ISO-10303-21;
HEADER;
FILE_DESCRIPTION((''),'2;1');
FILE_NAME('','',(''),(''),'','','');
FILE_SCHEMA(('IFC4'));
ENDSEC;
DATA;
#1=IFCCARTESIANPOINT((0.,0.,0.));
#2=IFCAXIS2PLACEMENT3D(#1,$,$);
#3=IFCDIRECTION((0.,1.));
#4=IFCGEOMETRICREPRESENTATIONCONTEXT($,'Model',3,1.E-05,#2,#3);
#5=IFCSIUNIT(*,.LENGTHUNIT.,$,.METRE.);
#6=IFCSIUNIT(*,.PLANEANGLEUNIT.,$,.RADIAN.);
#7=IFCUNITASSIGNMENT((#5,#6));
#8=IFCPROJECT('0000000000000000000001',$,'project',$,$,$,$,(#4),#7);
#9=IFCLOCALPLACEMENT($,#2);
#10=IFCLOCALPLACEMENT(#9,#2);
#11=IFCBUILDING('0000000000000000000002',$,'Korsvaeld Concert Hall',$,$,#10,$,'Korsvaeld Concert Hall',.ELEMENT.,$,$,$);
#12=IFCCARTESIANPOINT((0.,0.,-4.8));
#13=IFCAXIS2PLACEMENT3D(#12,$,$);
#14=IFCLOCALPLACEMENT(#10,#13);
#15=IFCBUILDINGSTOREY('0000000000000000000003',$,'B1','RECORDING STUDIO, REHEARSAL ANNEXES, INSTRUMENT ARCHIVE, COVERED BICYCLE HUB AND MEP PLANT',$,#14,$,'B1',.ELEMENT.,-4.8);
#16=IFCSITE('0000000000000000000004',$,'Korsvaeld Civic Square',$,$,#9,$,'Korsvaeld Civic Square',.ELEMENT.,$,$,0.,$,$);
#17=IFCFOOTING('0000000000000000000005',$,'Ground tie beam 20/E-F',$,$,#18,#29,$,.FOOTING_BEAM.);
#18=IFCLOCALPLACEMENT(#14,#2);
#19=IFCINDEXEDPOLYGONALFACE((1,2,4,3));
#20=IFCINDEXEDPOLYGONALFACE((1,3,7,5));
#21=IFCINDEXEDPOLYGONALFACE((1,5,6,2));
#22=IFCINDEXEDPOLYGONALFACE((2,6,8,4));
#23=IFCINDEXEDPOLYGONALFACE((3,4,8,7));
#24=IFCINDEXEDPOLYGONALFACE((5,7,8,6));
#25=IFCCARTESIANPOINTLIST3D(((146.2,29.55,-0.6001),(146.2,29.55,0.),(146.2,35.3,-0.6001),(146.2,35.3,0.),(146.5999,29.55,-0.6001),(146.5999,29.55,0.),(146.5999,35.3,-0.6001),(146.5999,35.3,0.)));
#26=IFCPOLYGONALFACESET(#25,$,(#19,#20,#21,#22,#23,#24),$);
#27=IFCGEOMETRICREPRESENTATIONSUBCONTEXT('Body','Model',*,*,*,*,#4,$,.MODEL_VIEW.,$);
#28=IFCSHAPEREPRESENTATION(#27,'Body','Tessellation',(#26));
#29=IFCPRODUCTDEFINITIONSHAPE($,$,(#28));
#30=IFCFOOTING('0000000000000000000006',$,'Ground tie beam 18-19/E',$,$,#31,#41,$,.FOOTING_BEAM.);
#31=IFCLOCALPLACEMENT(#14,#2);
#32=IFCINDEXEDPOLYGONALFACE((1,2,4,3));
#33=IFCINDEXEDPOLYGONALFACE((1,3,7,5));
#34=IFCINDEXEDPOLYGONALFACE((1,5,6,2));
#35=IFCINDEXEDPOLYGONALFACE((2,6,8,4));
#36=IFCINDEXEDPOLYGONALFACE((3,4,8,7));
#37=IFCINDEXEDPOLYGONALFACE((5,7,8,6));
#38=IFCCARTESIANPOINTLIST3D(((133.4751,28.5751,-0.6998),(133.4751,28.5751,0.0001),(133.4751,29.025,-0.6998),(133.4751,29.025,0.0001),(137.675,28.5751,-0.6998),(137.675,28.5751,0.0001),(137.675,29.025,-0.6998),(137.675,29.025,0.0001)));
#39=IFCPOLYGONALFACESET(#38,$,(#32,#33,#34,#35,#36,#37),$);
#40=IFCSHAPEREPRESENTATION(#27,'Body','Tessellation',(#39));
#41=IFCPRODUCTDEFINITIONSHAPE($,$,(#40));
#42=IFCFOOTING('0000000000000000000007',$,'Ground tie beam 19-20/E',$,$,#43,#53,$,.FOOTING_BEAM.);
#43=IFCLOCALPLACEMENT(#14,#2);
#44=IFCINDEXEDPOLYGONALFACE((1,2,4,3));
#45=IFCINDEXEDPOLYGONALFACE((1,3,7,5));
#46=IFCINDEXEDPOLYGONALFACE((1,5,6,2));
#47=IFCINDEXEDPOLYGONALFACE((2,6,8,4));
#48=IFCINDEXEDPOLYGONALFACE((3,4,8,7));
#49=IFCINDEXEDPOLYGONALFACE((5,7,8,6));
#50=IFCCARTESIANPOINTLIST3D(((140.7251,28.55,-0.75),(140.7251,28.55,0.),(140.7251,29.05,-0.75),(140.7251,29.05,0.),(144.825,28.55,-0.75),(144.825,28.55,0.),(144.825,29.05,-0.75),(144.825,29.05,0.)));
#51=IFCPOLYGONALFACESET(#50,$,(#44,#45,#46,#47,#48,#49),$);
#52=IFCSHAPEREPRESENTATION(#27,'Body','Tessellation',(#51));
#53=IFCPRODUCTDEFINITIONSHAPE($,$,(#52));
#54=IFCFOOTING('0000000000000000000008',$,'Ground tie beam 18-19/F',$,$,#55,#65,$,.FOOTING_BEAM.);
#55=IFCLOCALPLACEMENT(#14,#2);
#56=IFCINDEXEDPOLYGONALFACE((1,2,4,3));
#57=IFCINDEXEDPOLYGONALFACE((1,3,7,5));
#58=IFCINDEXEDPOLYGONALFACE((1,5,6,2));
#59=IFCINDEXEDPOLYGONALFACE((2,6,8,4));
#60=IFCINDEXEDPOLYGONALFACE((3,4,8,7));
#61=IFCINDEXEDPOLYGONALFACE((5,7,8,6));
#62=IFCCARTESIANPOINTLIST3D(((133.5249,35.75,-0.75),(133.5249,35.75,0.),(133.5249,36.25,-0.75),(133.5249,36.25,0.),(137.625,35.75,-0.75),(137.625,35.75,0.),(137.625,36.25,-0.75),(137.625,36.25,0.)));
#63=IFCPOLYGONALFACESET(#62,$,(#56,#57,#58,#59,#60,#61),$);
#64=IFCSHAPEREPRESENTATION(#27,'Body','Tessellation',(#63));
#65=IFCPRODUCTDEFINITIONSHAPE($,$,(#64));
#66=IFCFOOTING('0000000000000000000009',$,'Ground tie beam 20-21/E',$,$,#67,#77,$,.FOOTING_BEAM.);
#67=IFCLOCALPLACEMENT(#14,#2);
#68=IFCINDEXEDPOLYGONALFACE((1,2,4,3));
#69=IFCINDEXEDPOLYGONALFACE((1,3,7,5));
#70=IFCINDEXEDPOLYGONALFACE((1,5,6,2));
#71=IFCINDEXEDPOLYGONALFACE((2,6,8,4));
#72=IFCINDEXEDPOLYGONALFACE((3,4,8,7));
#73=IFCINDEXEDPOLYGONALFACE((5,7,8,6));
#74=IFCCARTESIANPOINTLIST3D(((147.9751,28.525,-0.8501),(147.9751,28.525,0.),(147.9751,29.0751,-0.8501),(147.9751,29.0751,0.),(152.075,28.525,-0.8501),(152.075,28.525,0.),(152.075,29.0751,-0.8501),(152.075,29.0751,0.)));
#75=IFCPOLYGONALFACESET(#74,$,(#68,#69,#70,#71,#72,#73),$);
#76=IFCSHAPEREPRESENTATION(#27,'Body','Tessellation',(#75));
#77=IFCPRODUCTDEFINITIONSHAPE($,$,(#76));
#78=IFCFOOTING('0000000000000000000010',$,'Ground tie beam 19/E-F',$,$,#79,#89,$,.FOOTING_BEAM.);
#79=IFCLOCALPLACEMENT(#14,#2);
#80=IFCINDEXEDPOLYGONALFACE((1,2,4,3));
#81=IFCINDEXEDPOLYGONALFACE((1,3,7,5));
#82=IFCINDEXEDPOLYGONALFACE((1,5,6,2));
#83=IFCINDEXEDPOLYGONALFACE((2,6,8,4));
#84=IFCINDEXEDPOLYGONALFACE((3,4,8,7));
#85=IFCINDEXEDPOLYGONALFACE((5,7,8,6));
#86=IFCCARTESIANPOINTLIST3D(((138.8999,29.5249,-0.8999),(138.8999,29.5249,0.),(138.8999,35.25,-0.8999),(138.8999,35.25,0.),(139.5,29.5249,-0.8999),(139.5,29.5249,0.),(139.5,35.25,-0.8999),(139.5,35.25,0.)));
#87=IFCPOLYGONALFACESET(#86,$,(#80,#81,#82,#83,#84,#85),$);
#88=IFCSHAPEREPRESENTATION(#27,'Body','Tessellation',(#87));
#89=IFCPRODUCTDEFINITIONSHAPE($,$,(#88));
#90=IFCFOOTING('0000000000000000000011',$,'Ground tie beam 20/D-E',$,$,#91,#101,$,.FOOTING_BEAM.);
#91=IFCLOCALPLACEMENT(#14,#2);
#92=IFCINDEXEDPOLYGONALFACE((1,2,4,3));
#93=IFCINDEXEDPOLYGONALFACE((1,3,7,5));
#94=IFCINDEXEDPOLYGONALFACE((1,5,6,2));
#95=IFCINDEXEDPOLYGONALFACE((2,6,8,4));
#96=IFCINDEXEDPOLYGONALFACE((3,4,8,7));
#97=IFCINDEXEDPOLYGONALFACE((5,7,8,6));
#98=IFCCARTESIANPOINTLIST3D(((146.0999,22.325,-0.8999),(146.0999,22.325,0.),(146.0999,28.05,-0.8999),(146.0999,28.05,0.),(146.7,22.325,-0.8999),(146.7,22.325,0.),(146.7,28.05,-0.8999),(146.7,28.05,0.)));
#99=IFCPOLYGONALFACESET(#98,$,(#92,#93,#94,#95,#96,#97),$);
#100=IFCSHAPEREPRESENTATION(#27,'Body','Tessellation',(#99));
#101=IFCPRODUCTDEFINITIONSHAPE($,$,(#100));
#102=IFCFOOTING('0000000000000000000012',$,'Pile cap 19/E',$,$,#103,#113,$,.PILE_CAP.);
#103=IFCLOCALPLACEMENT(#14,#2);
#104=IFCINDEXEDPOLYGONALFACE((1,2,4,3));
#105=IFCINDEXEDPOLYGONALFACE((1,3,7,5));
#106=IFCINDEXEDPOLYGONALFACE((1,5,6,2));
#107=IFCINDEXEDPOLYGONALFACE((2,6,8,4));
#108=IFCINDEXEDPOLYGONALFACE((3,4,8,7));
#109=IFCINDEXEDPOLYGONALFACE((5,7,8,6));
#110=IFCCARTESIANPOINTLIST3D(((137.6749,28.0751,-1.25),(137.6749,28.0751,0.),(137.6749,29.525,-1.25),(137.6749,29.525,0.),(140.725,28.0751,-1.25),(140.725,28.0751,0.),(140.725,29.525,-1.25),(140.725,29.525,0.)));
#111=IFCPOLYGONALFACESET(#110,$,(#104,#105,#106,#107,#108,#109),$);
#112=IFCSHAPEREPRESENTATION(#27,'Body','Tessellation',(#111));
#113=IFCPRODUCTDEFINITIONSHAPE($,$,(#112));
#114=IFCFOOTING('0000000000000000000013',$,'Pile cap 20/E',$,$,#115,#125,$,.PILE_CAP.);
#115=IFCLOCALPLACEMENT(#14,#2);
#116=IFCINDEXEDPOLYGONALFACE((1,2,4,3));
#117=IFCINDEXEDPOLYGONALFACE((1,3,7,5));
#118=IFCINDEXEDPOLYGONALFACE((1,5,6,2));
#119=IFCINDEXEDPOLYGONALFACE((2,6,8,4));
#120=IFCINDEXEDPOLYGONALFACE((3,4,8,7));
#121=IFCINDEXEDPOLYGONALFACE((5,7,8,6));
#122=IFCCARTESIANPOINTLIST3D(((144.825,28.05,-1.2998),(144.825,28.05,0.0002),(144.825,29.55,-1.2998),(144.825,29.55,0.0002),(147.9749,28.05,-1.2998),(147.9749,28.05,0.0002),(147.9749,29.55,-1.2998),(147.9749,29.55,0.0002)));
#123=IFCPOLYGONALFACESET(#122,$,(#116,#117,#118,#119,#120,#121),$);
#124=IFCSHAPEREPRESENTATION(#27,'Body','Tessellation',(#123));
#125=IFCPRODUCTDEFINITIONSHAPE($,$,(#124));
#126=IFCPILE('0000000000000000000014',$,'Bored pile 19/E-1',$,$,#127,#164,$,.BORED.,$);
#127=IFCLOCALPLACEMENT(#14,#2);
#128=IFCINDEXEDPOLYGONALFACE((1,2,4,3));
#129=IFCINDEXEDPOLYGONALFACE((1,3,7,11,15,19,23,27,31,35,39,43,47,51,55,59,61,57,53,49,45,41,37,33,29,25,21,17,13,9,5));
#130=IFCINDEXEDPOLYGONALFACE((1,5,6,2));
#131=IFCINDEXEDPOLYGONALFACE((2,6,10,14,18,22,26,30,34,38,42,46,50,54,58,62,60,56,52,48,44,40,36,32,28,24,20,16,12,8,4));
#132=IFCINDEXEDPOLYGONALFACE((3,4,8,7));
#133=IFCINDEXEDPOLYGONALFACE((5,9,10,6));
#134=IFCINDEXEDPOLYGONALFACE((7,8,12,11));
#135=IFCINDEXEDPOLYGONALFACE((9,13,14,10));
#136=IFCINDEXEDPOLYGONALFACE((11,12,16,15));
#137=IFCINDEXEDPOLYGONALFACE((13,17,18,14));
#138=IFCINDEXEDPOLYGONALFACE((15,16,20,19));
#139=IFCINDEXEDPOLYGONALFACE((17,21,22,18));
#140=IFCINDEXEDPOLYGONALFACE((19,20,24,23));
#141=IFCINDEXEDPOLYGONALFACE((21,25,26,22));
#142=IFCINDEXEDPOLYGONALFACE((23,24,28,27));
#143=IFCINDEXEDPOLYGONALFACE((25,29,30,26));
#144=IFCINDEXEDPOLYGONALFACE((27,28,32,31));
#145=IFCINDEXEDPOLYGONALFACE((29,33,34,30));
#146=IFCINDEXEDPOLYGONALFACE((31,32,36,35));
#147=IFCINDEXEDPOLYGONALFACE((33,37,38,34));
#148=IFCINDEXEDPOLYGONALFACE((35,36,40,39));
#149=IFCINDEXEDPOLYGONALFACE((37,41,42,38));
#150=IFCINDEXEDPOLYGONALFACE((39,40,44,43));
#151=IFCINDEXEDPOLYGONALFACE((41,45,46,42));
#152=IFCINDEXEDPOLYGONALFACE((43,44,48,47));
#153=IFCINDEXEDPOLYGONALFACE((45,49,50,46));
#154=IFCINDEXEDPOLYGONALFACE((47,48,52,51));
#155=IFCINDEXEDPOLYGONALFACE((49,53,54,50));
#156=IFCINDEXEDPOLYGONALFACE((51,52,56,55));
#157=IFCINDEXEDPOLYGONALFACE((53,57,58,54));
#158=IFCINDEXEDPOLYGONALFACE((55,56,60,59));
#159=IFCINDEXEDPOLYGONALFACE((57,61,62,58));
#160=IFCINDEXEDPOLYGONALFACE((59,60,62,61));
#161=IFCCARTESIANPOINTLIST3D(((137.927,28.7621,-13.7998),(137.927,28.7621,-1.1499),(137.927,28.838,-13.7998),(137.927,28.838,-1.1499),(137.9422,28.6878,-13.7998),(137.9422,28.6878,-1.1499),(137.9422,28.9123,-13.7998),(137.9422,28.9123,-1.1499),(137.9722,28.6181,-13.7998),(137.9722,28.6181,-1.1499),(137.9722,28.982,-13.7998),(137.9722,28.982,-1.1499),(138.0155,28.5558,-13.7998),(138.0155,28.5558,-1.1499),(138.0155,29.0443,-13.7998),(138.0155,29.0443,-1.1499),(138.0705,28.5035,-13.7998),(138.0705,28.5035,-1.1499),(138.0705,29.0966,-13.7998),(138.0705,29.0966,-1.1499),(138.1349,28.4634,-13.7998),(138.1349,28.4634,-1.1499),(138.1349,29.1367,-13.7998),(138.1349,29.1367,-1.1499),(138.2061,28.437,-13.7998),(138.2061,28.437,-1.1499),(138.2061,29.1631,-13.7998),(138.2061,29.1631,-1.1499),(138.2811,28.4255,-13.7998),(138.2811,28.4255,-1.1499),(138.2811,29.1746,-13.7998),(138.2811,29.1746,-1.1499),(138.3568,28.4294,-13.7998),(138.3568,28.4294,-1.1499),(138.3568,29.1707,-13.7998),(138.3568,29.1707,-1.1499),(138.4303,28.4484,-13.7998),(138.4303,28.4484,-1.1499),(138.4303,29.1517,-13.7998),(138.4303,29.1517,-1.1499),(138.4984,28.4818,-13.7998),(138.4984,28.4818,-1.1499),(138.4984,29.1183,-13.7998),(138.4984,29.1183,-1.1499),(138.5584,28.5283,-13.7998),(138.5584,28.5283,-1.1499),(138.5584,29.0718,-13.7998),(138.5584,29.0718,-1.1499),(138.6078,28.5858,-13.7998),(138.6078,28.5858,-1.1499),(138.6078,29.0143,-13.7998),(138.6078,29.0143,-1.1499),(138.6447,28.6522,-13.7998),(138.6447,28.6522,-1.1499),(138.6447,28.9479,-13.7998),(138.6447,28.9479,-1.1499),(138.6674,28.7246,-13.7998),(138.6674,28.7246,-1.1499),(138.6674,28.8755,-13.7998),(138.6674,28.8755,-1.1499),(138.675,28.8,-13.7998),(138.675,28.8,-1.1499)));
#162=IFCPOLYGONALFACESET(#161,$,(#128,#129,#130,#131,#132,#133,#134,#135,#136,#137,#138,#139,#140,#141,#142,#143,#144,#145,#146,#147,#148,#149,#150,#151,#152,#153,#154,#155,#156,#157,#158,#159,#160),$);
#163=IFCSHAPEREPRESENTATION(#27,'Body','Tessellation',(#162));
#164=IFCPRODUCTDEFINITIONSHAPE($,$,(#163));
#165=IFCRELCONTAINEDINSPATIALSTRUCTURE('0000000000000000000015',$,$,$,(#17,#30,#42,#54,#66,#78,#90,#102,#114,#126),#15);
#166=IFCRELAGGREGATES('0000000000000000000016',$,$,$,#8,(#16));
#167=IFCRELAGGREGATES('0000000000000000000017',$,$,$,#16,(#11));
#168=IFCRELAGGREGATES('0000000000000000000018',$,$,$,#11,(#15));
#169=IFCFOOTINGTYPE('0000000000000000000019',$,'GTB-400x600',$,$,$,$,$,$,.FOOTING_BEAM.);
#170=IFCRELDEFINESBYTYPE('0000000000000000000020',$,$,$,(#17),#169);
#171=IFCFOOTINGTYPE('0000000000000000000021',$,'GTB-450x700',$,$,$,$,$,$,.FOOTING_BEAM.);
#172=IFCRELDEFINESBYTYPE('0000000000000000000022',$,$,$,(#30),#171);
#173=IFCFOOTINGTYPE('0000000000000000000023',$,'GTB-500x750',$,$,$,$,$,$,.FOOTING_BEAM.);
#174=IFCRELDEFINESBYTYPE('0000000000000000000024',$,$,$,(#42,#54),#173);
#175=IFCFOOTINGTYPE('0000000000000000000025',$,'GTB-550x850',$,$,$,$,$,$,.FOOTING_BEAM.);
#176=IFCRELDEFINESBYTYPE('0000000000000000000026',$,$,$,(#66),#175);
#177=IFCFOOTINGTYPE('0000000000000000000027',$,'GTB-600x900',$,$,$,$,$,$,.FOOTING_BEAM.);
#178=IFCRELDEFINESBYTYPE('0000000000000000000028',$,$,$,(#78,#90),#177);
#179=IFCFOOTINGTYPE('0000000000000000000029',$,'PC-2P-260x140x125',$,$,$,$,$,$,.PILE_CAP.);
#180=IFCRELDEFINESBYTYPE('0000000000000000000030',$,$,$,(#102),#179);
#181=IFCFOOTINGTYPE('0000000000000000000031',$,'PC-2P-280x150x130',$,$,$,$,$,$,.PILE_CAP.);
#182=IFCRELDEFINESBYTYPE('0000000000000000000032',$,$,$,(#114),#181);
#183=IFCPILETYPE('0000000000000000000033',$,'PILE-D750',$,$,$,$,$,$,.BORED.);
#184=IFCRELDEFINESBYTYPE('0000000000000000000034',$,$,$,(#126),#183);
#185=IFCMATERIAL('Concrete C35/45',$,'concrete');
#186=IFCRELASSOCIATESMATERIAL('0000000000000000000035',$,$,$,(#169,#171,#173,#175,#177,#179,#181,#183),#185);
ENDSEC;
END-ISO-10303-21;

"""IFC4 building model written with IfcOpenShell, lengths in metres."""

from ifc_helpers import new_model, si_unit, direction, frame, origin, origin_2d, place, context, subcontext, project, spatial, rectangle, circle, extrude, material, material_profile, profile_set, type_object, element, save


model = new_model("IFC4")

# Units and contexts
model_context = context("Model", 3, precision=1e-05, world=origin(), true_north=direction((0.0, 1.0)))
body_context = subcontext(model_context, "Body", "Model", "MODEL_VIEW")
ifc_project = project(units=[si_unit("LENGTHUNIT", "METRE"), si_unit("PLANEANGLEUNIT", "RADIAN")], contexts=[model_context])

# Site, building, storey
site_placement = place(None, origin())
site = spatial("IfcSite", under=ifc_project, at=site_placement, Name="Korsvaeld Civic Square", LongName="Korsvaeld Civic Square", CompositionType="ELEMENT", RefElevation=0.0)
building_placement = place(site_placement, origin())
building = spatial("IfcBuilding", under=site, at=building_placement, Name="Korsvaeld Concert Hall", LongName="Korsvaeld Concert Hall", CompositionType="ELEMENT")
storey_placement = place(building_placement, frame((0.0, 0.0, -4.8)))
storey = spatial("IfcBuildingStorey", under=building, at=storey_placement, Name="B1", Description="RECORDING STUDIO, REHEARSAL ANNEXES, INSTRUMENT ARCHIVE, COVERED BICYCLE HUB AND MEP PLANT", LongName="B1", CompositionType="ELEMENT", Elevation=-4.8)

# Footings
ifc_material_1 = material(Name="Concrete C35/45", Category="concrete")
ifc_material_profile_1 = material_profile(ifc_material_1, rectangle(XDim=0.3999, YDim=0.6001, at=origin_2d()), Name="GTB 400x600")
ifc_profile_set_1 = profile_set([ifc_material_profile_1], Name="Concrete C35/45")
footing_type_1 = type_object("IfcFootingType", Name="GTB-400x600", PredefinedType="FOOTING_BEAM", material=ifc_profile_set_1)
footing_1_placement = place(storey_placement, frame((146.3999, 29.55, -0.3), z_axis=(0.0, 1.0, 0.0), x_axis=(-1.0, 0.0, 0.0)))
element("IfcFooting", 1, at=footing_1_placement, inside=storey, type_object=footing_type_1, Name="Ground tie beam 20/E-F", PredefinedType="FOOTING_BEAM", context=body_context, shape_type="SweptSolid", body=[
    extrude(rectangle(XDim=0.3999, YDim=0.6001, at=origin_2d()), origin(), (0.0, 0.0, 1.0), 5.75),
])
ifc_material_profile_2 = material_profile(ifc_material_1, rectangle(XDim=0.45, YDim=0.7, at=origin_2d()), Name="GTB 450x700")
ifc_profile_set_2 = profile_set([ifc_material_profile_2], Name="Concrete C35/45")
footing_type_2 = type_object("IfcFootingType", Name="GTB-450x700", PredefinedType="FOOTING_BEAM", material=ifc_profile_set_2)
footing_2_placement = place(storey_placement, frame((133.4751, 28.8, -0.3499), z_axis=(1.0, 0.0, 0.0), x_axis=(0.0, 1.0, 0.0)))
element("IfcFooting", 2, at=footing_2_placement, inside=storey, type_object=footing_type_2, Name="Ground tie beam 18-19/E", PredefinedType="FOOTING_BEAM", context=body_context, shape_type="SweptSolid", body=[
    extrude(rectangle(XDim=0.45, YDim=0.7, at=origin_2d()), origin(), (0.0, 0.0, 1.0), 4.2),
])
ifc_material_profile_3 = material_profile(ifc_material_1, rectangle(XDim=0.5, YDim=0.75, at=origin_2d()), Name="GTB 500x750")
ifc_profile_set_3 = profile_set([ifc_material_profile_3], Name="Concrete C35/45")
footing_type_3 = type_object("IfcFootingType", Name="GTB-500x750", PredefinedType="FOOTING_BEAM", material=ifc_profile_set_3)
footing_3_placement = place(storey_placement, frame((140.7251, 28.8, -0.375), z_axis=(1.0, 0.0, 0.0), x_axis=(0.0, 1.0, 0.0)))
element("IfcFooting", 3, at=footing_3_placement, inside=storey, type_object=footing_type_3, Name="Ground tie beam 19-20/E", PredefinedType="FOOTING_BEAM", context=body_context, shape_type="SweptSolid", body=[
    extrude(rectangle(XDim=0.5, YDim=0.75, at=origin_2d()), origin(), (0.0, 0.0, 1.0), 4.0999),
])
footing_4_placement = place(storey_placement, frame((133.5249, 36.0, -0.375), z_axis=(1.0, 0.0, 0.0), x_axis=(0.0, 1.0, 0.0)))
element("IfcFooting", 4, at=footing_4_placement, inside=storey, type_object=footing_type_3, Name="Ground tie beam 18-19/F", PredefinedType="FOOTING_BEAM", context=body_context, shape_type="SweptSolid", body=[
    extrude(rectangle(XDim=0.5, YDim=0.75, at=origin_2d()), origin(), (0.0, 0.0, 1.0), 4.1001),
])
ifc_material_profile_4 = material_profile(ifc_material_1, rectangle(XDim=0.55, YDim=0.8501, at=origin_2d()), Name="GTB 550x850")
ifc_profile_set_4 = profile_set([ifc_material_profile_4], Name="Concrete C35/45")
footing_type_4 = type_object("IfcFootingType", Name="GTB-550x850", PredefinedType="FOOTING_BEAM", material=ifc_profile_set_4)
footing_5_placement = place(storey_placement, frame((147.9751, 28.8, -0.425), z_axis=(1.0, 0.0, 0.0), x_axis=(0.0, 1.0, 0.0)))
element("IfcFooting", 5, at=footing_5_placement, inside=storey, type_object=footing_type_4, Name="Ground tie beam 20-21/E", PredefinedType="FOOTING_BEAM", context=body_context, shape_type="SweptSolid", body=[
    extrude(rectangle(XDim=0.55, YDim=0.8501, at=origin_2d()), origin(), (0.0, 0.0, 1.0), 4.0999),
])
ifc_material_profile_5 = material_profile(ifc_material_1, rectangle(XDim=0.6001, YDim=0.8999, at=origin_2d()), Name="GTB 600x900")
ifc_profile_set_5 = profile_set([ifc_material_profile_5], Name="Concrete C35/45")
footing_type_5 = type_object("IfcFootingType", Name="GTB-600x900", PredefinedType="FOOTING_BEAM", material=ifc_profile_set_5)
for number, where, z_axis, x_axis, name in (
    (6, (139.2, 29.5249, -0.45), (0.0, 1.0, 0.0), (-1.0, 0.0, 0.0), "Ground tie beam 19/E-F"),
    (7, (146.3999, 22.325, -0.45), (0.0, 1.0, 0.0), (-1.0, 0.0, 0.0), "Ground tie beam 20/D-E"),
):
    element("IfcFooting", number, at=place(storey_placement, frame(where, z_axis=z_axis, x_axis=x_axis)), inside=storey, type_object=footing_type_5, Name=name, PredefinedType="FOOTING_BEAM", context=body_context, shape_type="SweptSolid", body=[
        extrude(rectangle(XDim=0.6001, YDim=0.8999, at=origin_2d()), origin(), (0.0, 0.0, 1.0), 5.7251),
    ])
footing_type_6 = type_object("IfcFootingType", Name="PC-2P-260x140x125", PredefinedType="PILE_CAP", material=ifc_material_1)
footing_6_placement = place(storey_placement, frame((139.2, 28.8, -1.25), z_axis=(0.0, 0.0, 1.0), x_axis=(1.0, 0.0, 0.0)))
element("IfcFooting", 8, at=footing_6_placement, inside=storey, type_object=footing_type_6, Name="Pile cap 19/E", PredefinedType="PILE_CAP", context=body_context, shape_type="SweptSolid", body=[
    extrude(rectangle(XDim=3.05, YDim=1.45, at=origin_2d()), origin(), (0.0, 0.0, 1.0), 1.25),
])
footing_type_7 = type_object("IfcFootingType", Name="PC-2P-280x150x130", PredefinedType="PILE_CAP", material=ifc_material_1)
footing_7_placement = place(storey_placement, frame((146.3999, 28.8, -1.2998), z_axis=(0.0, 0.0, 1.0), x_axis=(1.0, 0.0, 0.0)))
element("IfcFooting", 9, at=footing_7_placement, inside=storey, type_object=footing_type_7, Name="Pile cap 20/E", PredefinedType="PILE_CAP", context=body_context, shape_type="SweptSolid", body=[
    extrude(rectangle(XDim=3.1499, YDim=1.5, at=origin_2d()), origin(), (0.0, 0.0, 1.0), 1.3),
])

# Pile
ifc_material_profile_6 = material_profile(ifc_material_1, circle(Radius=0.375, at=origin_2d()), Name="BORED PILE D750")
ifc_profile_set_6 = profile_set([ifc_material_profile_6], Name="Concrete C35/45")
pile_type_1 = type_object("IfcPileType", Name="PILE-D750", PredefinedType="BORED", material=ifc_profile_set_6)
for number, where, z_axis, x_axis, name in (
    (10, (138.3, 28.8, -1.1499), (0.0, 0.0, -1.0), (1.0, 0.0, 0.0), "Bored pile 19/E-1"),
):
    element("IfcPile", number, at=place(storey_placement, frame(where, z_axis=z_axis, x_axis=x_axis)), inside=storey, type_object=pile_type_1, Name=name, PredefinedType="BORED", context=body_context, shape_type="SweptSolid", body=[
        extrude(circle(Radius=0.375, at=origin_2d()), origin(), (0.0, 0.0, 1.0), 12.6499),
    ])

save(model, "model.ifc")
